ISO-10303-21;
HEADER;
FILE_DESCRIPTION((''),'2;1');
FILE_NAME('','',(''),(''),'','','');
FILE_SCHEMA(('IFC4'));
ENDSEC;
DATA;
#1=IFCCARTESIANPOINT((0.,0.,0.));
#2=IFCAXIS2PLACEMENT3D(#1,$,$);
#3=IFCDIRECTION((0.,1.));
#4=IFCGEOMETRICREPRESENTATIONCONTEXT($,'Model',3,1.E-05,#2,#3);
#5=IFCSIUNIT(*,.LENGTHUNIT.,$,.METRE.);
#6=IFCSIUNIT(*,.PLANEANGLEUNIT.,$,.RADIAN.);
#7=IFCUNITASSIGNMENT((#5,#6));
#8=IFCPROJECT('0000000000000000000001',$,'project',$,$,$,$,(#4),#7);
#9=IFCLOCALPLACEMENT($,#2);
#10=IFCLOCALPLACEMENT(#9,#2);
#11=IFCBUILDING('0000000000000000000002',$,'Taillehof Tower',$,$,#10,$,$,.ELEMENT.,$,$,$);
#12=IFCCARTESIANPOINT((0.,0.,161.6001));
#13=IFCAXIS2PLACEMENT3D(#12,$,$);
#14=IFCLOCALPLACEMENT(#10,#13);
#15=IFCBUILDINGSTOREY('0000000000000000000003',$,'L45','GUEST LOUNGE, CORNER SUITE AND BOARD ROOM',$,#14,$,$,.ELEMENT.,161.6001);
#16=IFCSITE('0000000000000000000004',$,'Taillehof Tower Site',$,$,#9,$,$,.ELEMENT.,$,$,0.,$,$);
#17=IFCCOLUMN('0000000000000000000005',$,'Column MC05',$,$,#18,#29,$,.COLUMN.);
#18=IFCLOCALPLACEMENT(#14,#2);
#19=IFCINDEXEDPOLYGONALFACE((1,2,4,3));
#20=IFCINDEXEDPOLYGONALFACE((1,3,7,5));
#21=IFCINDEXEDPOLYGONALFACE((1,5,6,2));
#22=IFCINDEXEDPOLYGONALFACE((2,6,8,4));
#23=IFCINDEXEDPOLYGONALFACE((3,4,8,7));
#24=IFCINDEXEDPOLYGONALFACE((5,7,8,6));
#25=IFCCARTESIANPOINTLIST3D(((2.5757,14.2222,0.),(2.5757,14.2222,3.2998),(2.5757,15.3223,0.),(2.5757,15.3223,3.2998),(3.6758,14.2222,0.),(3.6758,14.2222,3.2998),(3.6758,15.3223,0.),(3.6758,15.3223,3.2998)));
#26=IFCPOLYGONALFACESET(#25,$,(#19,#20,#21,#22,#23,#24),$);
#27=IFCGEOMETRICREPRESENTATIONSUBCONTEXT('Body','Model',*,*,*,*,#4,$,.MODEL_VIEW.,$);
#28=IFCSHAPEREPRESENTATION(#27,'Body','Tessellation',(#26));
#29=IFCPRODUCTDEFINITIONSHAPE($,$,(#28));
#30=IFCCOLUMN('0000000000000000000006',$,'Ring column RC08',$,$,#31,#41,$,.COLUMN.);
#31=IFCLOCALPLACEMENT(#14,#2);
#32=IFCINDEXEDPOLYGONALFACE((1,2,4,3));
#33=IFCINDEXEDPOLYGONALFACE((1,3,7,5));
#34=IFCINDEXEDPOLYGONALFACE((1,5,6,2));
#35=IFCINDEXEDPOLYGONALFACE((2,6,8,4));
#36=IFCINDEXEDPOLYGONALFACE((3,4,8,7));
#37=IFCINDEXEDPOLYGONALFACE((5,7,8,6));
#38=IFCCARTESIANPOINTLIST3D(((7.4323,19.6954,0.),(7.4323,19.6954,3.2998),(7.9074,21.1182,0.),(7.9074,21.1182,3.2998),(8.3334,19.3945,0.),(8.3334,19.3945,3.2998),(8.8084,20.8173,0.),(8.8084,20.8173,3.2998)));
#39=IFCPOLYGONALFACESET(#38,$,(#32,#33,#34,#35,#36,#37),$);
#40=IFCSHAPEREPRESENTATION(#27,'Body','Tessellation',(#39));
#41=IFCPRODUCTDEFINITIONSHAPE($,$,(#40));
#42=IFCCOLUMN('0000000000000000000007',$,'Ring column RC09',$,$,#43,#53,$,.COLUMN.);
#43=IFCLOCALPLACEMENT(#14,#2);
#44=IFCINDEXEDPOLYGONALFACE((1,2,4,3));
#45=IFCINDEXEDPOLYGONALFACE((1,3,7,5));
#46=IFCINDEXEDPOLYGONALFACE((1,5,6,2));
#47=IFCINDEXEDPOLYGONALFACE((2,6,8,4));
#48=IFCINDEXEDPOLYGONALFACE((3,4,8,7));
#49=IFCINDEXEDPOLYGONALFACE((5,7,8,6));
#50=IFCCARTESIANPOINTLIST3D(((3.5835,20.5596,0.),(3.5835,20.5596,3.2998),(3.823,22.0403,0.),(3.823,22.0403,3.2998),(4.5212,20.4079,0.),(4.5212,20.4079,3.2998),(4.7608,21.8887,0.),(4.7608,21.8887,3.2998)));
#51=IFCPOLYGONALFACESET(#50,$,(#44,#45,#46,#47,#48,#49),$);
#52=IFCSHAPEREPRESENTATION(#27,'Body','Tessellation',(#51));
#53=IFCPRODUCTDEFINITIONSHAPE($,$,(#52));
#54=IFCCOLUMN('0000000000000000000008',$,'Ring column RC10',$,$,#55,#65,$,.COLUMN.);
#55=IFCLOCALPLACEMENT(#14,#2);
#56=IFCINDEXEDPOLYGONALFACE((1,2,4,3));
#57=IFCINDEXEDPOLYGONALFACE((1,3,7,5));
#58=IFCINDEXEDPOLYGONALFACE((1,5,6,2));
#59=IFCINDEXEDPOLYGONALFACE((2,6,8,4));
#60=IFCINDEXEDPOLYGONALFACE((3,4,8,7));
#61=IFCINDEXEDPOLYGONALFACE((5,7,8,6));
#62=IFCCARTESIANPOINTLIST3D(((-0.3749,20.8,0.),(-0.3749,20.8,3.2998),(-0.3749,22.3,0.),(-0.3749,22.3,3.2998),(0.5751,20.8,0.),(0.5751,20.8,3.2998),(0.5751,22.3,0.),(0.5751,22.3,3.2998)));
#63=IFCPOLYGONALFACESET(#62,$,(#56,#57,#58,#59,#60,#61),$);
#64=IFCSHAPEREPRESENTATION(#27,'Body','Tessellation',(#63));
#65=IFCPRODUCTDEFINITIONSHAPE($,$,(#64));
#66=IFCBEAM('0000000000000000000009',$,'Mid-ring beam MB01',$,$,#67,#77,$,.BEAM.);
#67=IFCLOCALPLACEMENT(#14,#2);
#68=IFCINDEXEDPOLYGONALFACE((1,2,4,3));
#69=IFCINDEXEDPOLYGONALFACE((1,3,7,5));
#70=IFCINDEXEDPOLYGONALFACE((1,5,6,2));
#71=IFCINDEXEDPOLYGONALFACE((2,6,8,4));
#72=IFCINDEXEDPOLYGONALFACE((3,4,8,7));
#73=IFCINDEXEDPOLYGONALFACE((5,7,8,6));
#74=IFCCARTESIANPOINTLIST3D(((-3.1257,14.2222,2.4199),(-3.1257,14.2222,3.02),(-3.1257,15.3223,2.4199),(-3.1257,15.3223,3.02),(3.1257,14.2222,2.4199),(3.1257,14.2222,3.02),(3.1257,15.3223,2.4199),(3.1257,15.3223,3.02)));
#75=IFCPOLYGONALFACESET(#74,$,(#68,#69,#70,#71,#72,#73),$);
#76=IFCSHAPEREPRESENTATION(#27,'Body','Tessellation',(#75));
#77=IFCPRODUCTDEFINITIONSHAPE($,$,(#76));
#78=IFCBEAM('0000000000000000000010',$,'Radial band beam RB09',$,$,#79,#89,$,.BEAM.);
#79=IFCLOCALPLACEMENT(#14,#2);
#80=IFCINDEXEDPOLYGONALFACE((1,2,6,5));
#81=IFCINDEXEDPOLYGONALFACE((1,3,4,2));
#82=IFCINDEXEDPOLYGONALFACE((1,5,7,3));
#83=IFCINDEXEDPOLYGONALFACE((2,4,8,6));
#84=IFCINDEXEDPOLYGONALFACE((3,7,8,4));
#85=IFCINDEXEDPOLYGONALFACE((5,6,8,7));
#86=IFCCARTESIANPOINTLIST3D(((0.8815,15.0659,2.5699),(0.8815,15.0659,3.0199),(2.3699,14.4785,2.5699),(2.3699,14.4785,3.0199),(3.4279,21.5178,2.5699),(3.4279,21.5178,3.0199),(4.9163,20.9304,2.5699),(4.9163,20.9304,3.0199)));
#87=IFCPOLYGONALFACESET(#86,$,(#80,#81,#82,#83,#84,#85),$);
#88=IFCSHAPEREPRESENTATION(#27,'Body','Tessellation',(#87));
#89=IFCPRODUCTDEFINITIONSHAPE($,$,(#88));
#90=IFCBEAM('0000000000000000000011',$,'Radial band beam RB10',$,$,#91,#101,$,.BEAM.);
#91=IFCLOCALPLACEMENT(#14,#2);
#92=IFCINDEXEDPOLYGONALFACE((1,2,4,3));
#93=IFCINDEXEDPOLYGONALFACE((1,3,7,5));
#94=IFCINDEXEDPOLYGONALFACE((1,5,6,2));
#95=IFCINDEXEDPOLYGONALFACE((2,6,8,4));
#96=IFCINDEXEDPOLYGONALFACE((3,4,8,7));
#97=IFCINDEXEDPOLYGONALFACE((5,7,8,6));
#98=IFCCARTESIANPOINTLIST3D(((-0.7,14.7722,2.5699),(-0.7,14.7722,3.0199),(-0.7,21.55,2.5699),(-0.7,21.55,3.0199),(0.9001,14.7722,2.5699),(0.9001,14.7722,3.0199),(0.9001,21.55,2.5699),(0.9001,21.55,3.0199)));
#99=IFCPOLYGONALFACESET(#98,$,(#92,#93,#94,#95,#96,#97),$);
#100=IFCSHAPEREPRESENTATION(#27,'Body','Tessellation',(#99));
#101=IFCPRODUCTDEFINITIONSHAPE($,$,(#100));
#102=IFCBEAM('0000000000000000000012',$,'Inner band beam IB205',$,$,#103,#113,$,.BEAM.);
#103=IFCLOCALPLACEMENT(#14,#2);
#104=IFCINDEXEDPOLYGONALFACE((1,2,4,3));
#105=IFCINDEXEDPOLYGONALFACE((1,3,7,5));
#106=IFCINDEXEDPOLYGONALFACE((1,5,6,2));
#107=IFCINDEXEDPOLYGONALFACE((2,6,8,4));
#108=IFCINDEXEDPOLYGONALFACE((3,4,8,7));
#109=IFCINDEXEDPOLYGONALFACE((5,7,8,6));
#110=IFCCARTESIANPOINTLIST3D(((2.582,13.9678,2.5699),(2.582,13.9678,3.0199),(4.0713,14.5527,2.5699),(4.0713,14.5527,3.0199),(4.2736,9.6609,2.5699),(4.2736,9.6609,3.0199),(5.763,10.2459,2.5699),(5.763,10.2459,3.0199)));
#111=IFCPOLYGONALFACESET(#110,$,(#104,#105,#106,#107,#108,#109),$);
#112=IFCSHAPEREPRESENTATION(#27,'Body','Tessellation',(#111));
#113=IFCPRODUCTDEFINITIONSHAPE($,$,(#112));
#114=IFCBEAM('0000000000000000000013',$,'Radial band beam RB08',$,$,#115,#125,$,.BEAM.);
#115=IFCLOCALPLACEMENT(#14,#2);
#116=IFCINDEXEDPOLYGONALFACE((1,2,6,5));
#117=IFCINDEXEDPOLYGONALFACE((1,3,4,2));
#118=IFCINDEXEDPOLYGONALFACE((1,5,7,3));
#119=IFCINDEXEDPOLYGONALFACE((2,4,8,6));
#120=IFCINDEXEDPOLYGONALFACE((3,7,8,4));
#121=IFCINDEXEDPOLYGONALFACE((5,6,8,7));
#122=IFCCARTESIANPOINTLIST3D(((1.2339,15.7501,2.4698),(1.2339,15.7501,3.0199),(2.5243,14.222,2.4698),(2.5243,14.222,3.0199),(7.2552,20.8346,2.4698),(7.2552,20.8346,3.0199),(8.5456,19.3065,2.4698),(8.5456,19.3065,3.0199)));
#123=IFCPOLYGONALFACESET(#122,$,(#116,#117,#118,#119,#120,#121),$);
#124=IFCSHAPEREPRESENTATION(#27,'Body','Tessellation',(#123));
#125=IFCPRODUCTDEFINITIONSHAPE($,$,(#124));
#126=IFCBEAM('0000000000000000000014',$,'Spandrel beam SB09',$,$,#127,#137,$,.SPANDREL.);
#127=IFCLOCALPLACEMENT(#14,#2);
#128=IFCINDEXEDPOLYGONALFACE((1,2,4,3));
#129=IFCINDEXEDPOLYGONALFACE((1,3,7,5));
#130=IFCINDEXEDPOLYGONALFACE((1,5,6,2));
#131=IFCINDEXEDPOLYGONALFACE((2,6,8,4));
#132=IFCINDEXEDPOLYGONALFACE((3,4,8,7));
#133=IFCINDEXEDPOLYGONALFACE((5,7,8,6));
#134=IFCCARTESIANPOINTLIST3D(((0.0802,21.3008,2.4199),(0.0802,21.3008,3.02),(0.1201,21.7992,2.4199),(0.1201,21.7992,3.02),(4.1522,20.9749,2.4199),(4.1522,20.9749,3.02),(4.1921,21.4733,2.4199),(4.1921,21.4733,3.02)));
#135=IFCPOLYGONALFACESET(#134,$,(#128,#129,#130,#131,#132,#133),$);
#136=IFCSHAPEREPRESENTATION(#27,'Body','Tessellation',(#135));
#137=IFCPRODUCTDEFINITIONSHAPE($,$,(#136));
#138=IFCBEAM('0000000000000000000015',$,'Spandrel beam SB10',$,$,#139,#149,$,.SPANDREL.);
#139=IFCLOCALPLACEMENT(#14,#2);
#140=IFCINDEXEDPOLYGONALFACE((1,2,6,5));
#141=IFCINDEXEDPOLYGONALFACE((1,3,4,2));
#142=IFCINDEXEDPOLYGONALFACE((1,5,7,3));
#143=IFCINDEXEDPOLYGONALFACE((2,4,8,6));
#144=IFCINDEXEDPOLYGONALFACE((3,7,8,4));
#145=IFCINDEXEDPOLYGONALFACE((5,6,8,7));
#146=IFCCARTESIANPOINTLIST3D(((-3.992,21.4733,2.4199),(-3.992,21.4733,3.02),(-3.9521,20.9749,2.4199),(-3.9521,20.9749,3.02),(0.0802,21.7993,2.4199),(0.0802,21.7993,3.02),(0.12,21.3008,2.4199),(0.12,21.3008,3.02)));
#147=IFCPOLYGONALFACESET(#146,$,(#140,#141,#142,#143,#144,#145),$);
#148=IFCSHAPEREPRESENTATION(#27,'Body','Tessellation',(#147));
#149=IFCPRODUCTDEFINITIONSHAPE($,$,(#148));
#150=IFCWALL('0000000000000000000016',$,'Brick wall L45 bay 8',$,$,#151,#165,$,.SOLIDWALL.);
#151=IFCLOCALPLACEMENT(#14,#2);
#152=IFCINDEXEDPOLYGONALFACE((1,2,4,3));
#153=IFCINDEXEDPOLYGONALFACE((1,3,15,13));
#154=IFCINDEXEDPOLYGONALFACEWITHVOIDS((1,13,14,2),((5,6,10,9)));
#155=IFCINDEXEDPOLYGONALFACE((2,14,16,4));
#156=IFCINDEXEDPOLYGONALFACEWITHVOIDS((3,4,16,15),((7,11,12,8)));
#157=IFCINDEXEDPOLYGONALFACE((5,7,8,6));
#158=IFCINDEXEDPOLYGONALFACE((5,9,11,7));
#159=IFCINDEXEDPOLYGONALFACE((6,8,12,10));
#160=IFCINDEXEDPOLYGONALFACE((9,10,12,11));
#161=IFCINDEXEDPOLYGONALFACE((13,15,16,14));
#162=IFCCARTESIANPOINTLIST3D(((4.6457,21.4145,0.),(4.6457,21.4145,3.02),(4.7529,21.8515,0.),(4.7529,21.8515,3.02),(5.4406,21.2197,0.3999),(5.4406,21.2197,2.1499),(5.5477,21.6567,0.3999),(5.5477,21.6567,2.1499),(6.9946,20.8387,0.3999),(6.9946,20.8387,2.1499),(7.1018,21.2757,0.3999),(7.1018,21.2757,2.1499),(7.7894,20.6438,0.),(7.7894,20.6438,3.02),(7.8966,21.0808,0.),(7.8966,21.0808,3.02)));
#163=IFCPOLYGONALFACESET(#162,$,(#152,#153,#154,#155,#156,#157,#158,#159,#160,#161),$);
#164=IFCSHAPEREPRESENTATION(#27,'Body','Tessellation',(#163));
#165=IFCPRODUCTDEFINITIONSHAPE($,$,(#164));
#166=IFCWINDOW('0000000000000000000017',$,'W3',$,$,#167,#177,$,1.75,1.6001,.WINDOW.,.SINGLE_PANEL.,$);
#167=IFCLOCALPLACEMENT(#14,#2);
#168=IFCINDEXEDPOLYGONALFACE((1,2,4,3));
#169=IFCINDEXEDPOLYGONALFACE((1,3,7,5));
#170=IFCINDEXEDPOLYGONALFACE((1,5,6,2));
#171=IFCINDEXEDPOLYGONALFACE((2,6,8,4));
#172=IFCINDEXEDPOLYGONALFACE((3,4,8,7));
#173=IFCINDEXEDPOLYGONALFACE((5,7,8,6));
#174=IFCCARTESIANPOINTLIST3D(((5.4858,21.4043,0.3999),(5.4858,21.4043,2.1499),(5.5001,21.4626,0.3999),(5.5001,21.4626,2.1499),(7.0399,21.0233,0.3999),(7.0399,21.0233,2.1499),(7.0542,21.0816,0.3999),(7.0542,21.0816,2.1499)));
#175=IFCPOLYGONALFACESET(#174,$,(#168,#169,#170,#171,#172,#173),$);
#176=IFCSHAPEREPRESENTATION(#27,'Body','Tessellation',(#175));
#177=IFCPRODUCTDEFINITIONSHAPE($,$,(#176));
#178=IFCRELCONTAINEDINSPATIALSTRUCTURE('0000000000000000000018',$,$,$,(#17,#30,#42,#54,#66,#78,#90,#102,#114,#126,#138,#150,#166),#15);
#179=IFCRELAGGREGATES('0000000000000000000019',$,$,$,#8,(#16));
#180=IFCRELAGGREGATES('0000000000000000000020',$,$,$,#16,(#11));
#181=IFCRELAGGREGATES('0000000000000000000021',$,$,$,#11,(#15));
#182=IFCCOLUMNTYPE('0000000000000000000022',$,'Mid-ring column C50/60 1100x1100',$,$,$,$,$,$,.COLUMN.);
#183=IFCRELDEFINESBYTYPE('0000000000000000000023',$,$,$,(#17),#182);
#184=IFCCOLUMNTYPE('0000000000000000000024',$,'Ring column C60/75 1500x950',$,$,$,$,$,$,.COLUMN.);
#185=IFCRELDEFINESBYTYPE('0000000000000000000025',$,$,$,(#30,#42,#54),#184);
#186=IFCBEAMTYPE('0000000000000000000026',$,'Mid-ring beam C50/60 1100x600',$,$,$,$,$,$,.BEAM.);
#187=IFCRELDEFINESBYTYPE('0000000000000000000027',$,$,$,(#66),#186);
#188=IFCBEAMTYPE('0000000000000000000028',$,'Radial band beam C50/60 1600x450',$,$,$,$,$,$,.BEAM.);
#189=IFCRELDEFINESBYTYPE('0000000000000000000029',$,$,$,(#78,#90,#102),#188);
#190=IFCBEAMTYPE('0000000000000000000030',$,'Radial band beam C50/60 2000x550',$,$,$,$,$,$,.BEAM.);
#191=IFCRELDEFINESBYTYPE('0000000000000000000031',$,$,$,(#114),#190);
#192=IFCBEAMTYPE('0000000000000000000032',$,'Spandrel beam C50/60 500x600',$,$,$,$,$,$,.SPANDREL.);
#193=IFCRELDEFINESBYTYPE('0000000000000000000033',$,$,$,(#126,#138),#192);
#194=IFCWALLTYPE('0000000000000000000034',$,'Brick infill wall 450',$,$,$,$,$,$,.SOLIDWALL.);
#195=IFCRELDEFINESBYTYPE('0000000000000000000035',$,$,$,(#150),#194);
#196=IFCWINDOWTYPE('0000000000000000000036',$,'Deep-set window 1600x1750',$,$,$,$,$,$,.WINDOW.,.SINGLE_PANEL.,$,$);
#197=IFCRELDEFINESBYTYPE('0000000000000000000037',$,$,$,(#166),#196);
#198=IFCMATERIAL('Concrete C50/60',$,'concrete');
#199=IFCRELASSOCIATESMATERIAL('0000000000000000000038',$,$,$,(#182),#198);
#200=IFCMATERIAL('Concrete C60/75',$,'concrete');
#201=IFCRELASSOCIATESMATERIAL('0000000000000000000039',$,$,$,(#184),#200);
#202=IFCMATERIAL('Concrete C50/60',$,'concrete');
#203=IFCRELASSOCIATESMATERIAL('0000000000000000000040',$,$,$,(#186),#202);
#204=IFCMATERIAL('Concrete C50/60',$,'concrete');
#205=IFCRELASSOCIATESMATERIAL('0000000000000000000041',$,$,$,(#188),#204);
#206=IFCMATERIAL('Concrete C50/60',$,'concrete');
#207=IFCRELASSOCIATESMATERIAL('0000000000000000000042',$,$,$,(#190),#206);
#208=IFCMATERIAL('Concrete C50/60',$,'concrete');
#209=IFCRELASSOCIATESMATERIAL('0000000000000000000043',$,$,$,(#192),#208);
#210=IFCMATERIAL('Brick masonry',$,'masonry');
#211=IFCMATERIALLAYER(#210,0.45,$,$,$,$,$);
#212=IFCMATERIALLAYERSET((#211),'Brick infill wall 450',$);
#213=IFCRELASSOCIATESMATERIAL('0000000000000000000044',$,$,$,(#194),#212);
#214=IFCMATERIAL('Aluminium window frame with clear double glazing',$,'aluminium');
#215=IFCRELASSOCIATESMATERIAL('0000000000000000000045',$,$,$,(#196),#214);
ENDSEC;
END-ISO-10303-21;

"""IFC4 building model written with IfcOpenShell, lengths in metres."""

from ifc_helpers import new_model, si_unit, direction, frame, frame_2d, origin, origin_2d, place, context, subcontext, project, spatial, rectangle, extrude, material, layer, layer_set, material_profile, profile_set, type_object, element, fill, save


model = new_model("IFC4")

# Units and contexts
model_context = context("Model", 3, precision=1e-05, world=origin(), true_north=direction((0.0, 1.0)))
body_context = subcontext(model_context, "Body", "Model", "MODEL_VIEW")
ifc_project = project(units=[si_unit("LENGTHUNIT", "METRE"), si_unit("PLANEANGLEUNIT", "RADIAN")], contexts=[model_context])

# Site, building, storey
site_placement = place(None, origin())
site = spatial("IfcSite", under=ifc_project, at=site_placement, Name="Taillehof Tower Site", CompositionType="ELEMENT", RefElevation=0.0)
building_placement = place(site_placement, origin())
building = spatial("IfcBuilding", under=site, at=building_placement, Name="Taillehof Tower", CompositionType="ELEMENT")
storey_placement = place(building_placement, frame((0.0, 0.0, 161.6001)))
storey = spatial("IfcBuildingStorey", under=building, at=storey_placement, Name="L45", Description="GUEST LOUNGE, CORNER SUITE AND BOARD ROOM", CompositionType="ELEMENT", Elevation=161.6001)

# Columns
ifc_material_1 = material(Name="Concrete C50/60", Category="concrete")
ifc_material_profile_1 = material_profile(ifc_material_1, rectangle(XDim=1.1001, YDim=1.1001, at=origin_2d()), Name="RC 1100x1100")
ifc_profile_set_1 = profile_set([ifc_material_profile_1], Name="Concrete C50/60")
column_type_1 = type_object("IfcColumnType", Name="Mid-ring column C50/60 1100x1100", PredefinedType="COLUMN", material=ifc_profile_set_1)
column_placement = place(storey_placement, frame((3.1257, 14.7722, 0.0), z_axis=(0.0, 0.0, 1.0), x_axis=(1.0, 0.0, 0.0)))
element("IfcColumn", 1, at=column_placement, inside=storey, type_object=column_type_1, Name="Column MC05", PredefinedType="COLUMN", context=body_context, shape_type="SweptSolid", body=[
    extrude(rectangle(XDim=1.1001, YDim=1.1001, at=origin_2d()), origin(), (0.0, 0.0, 1.0), 3.2998),
])
ifc_material_2 = material(Name="Concrete C60/75", Category="concrete")
ifc_material_profile_2 = material_profile(ifc_material_2, rectangle(XDim=1.5, YDim=0.95, at=origin_2d()), Name="RC 1500x950")
ifc_profile_set_2 = profile_set([ifc_material_profile_2], Name="Concrete C60/75")
column_type_2 = type_object("IfcColumnType", Name="Ring column C60/75 1500x950", PredefinedType="COLUMN", material=ifc_profile_set_2)
for number, where, z_axis, x_axis, name in (
    (2, (8.1204, 20.2563, 0.0), (0.0, 0.0, 1.0), (0.316703, 0.948525, 0.0), "Ring column RC08"),
    (3, (4.1721, 21.2241, 0.0), (0.0, 0.0, 1.0), (0.159679, 0.987169, 0.0), "Ring column RC09"),
    (4, (0.1001, 21.55, 0.0), (0.0, 0.0, 1.0), (0.0, 1.0, 0.0), "Ring column RC10"),
):
    element("IfcColumn", number, at=place(storey_placement, frame(where, z_axis=z_axis, x_axis=x_axis)), inside=storey, type_object=column_type_2, Name=name, PredefinedType="COLUMN", context=body_context, shape_type="SweptSolid", body=[
        extrude(rectangle(XDim=1.5, YDim=0.95, at=origin_2d()), origin(), (0.0, 0.0, 1.0), 3.2998),
    ])

# Beams
ifc_material_3 = material(Name="Concrete C50/60", Category="concrete")
ifc_material_profile_3 = material_profile(ifc_material_3, rectangle(XDim=1.1001, YDim=0.6001, at=origin_2d()), Name="RC 1100x600")
ifc_profile_set_3 = profile_set([ifc_material_profile_3], Name="Concrete C50/60")
beam_type_1 = type_object("IfcBeamType", Name="Mid-ring beam C50/60 1100x600", PredefinedType="BEAM", material=ifc_profile_set_3)
beam_1_placement = place(storey_placement, frame((3.1257, 14.7722, 2.72), z_axis=(-1.0, 0.0, 0.0), x_axis=(0.0, -1.0, 0.0)))
element("IfcBeam", 5, at=beam_1_placement, inside=storey, type_object=beam_type_1, Name="Mid-ring beam MB01", PredefinedType="BEAM", context=body_context, shape_type="SweptSolid", body=[
    extrude(rectangle(XDim=1.1001, YDim=0.6001, at=origin_2d()), origin(), (0.0, 0.0, 1.0), 6.2515),
])
ifc_material_4 = material(Name="Concrete C50/60", Category="concrete")
ifc_material_profile_4 = material_profile(ifc_material_4, rectangle(XDim=1.6001, YDim=0.45, at=origin_2d()), Name="RC 1600x450")
ifc_profile_set_4 = profile_set([ifc_material_profile_4], Name="Concrete C50/60")
beam_type_2 = type_object("IfcBeamType", Name="Radial band beam C50/60 1600x450", PredefinedType="BEAM", material=ifc_profile_set_4)
beam_2_placement = place(storey_placement, frame((4.1721, 21.2241, 2.7949), z_axis=(-0.367114, -0.930176, 0.0), x_axis=(0.930176, -0.367114, 0.0)))
element("IfcBeam", 6, at=beam_2_placement, inside=storey, type_object=beam_type_2, Name="Radial band beam RB09", PredefinedType="BEAM", context=body_context, shape_type="SweptSolid", body=[
    extrude(rectangle(XDim=1.6001, YDim=0.45, at=origin_2d()), origin(), (0.0, 0.0, 1.0), 6.9363),
])
beam_3_placement = place(storey_placement, frame((0.1001, 21.55, 2.7949), z_axis=(0.0, -1.0, 0.0), x_axis=(1.0, 0.0, 0.0)))
element("IfcBeam", 7, at=beam_3_placement, inside=storey, type_object=beam_type_2, Name="Radial band beam RB10", PredefinedType="BEAM", context=body_context, shape_type="SweptSolid", body=[
    extrude(rectangle(XDim=1.6001, YDim=0.45, at=origin_2d()), origin(), (0.0, 0.0, 1.0), 6.7778),
])
beam_4_placement = place(storey_placement, frame((3.3267, 14.2603, 2.7949), z_axis=(0.365589, -0.930777, 0.0), x_axis=(0.930777, 0.365589, 0.0)))
element("IfcBeam", 8, at=beam_4_placement, inside=storey, type_object=beam_type_2, Name="Inner band beam IB205", PredefinedType="BEAM", context=body_context, shape_type="SweptSolid", body=[
    extrude(rectangle(XDim=1.6001, YDim=0.45, at=origin_2d()), origin(), (0.0, 0.0, 1.0), 4.6272),
])
ifc_material_5 = material(Name="Concrete C50/60", Category="concrete")
ifc_material_profile_5 = material_profile(ifc_material_5, rectangle(XDim=2.0, YDim=0.55, at=origin_2d()), Name="RC 2000x550")
ifc_profile_set_5 = profile_set([ifc_material_profile_5], Name="Concrete C50/60")
beam_type_3 = type_object("IfcBeamType", Name="Radial band beam C50/60 2000x550", PredefinedType="BEAM", material=ifc_profile_set_5)
beam_5_placement = place(storey_placement, frame((7.9004, 20.0706, 2.7449), z_axis=(-0.764038, -0.645171, 0.0), x_axis=(0.645171, -0.764038, 0.0)))
element("IfcBeam", 9, at=beam_5_placement, inside=storey, type_object=beam_type_3, Name="Radial band beam RB08", PredefinedType="BEAM", context=body_context, shape_type="SweptSolid", body=[
    extrude(rectangle(XDim=2.0, YDim=0.55, at=origin_2d()), origin(), (0.0, 0.0, 1.0), 7.8809),
])
ifc_material_6 = material(Name="Concrete C50/60", Category="concrete")
ifc_material_profile_6 = material_profile(ifc_material_6, rectangle(XDim=0.5, YDim=0.6001, at=origin_2d()), Name="RC 500x600")
ifc_profile_set_6 = profile_set([ifc_material_profile_6], Name="Concrete C50/60")
beam_type_4 = type_object("IfcBeamType", Name="Spandrel beam C50/60 500x600", PredefinedType="SPANDREL", material=ifc_profile_set_6)
beam_6_placement = place(storey_placement, frame((4.1721, 21.2241, 2.72), z_axis=(-0.996812, 0.079786, 0.0), x_axis=(-0.079786, -0.996812, 0.0)))
element("IfcBeam", 10, at=beam_6_placement, inside=storey, type_object=beam_type_4, Name="Spandrel beam SB09", PredefinedType="SPANDREL", context=body_context, shape_type="SweptSolid", body=[
    extrude(rectangle(XDim=0.5, YDim=0.6001, at=origin_2d()), origin(), (0.0, 0.0, 1.0), 4.085),
])
beam_7_placement = place(storey_placement, frame((0.1001, 21.55, 2.72), z_axis=(-0.996812, -0.079781, 0.0), x_axis=(0.079781, -0.996812, 0.0)))
element("IfcBeam", 11, at=beam_7_placement, inside=storey, type_object=beam_type_4, Name="Spandrel beam SB10", PredefinedType="SPANDREL", context=body_context, shape_type="SweptSolid", body=[
    extrude(rectangle(XDim=0.5, YDim=0.6001, at=origin_2d()), origin(), (0.0, 0.0, 1.0), 4.0852),
])

# Wall, opening, window
ifc_material_7 = material(Name="Brick masonry", Category="masonry")
ifc_layer_1 = layer(ifc_material_7, 0.45)
ifc_layer_set_1 = layer_set([ifc_layer_1], Name="Brick infill wall 450")
wall_type_1 = type_object("IfcWallType", Name="Brick infill wall 450", PredefinedType="SOLIDWALL", material=ifc_layer_set_1)
wall_1_placement = place(storey_placement, frame((7.843, 20.8623, 0.0), z_axis=(0.0, 0.0, 1.0), x_axis=(-0.971237, 0.238114, 0.0)))
wall_1 = element("IfcWall", 12, at=wall_1_placement, inside=storey, type_object=wall_type_1, Name="Brick wall L45 bay 8", PredefinedType="SOLIDWALL", context=body_context, shape_type="SweptSolid", body=[
    extrude(rectangle(XDim=3.2368, YDim=0.45, at=frame_2d((1.6184, 0.0))), origin(), (0.0, 0.0, 1.0), 3.02),
])
opening_1_placement = place(wall_1_placement, frame((0.8184, 0.0, 0.3999)))
opening_1 = element("IfcOpeningElement", 13, at=opening_1_placement, cuts=wall_1, PredefinedType="OPENING", context=body_context, shape_type="SweptSolid", body=[
    extrude(rectangle(XDim=1.6001, YDim=1.75, at=frame_2d((0.8, 0.875))), frame((0.0, 0.2349, 0.0), z_axis=(0.0, -1.0, 0.0), x_axis=(1.0, 0.0, 0.0)), (0.0, 0.0, 1.0), 0.47),
])
ifc_material_8 = material(Name="Aluminium window frame with clear double glazing", Category="aluminium")
window_type = type_object("IfcWindowType", Name="Deep-set window 1600x1750", PartitioningType="SINGLE_PANEL", PredefinedType="WINDOW", material=ifc_material_8)
window_1_placement = place(opening_1_placement, origin())
window_1 = element("IfcWindow", 14, at=window_1_placement, inside=storey, type_object=window_type, Name="W3", OverallHeight=1.75, OverallWidth=1.6001, PartitioningType="SINGLE_PANEL", PredefinedType="WINDOW", context=body_context, shape_type="SweptSolid", body=[
    extrude(rectangle(XDim=1.6001, YDim=1.75, at=frame_2d((0.8, 0.875))), frame((0.0, 0.0349, 0.0), z_axis=(0.0, -1.0, 0.0), x_axis=(1.0, 0.0, 0.0)), (0.0, 0.0, 1.0), 0.0601),
])
fill(opening_1, window_1)

save(model, "model.ifc")
